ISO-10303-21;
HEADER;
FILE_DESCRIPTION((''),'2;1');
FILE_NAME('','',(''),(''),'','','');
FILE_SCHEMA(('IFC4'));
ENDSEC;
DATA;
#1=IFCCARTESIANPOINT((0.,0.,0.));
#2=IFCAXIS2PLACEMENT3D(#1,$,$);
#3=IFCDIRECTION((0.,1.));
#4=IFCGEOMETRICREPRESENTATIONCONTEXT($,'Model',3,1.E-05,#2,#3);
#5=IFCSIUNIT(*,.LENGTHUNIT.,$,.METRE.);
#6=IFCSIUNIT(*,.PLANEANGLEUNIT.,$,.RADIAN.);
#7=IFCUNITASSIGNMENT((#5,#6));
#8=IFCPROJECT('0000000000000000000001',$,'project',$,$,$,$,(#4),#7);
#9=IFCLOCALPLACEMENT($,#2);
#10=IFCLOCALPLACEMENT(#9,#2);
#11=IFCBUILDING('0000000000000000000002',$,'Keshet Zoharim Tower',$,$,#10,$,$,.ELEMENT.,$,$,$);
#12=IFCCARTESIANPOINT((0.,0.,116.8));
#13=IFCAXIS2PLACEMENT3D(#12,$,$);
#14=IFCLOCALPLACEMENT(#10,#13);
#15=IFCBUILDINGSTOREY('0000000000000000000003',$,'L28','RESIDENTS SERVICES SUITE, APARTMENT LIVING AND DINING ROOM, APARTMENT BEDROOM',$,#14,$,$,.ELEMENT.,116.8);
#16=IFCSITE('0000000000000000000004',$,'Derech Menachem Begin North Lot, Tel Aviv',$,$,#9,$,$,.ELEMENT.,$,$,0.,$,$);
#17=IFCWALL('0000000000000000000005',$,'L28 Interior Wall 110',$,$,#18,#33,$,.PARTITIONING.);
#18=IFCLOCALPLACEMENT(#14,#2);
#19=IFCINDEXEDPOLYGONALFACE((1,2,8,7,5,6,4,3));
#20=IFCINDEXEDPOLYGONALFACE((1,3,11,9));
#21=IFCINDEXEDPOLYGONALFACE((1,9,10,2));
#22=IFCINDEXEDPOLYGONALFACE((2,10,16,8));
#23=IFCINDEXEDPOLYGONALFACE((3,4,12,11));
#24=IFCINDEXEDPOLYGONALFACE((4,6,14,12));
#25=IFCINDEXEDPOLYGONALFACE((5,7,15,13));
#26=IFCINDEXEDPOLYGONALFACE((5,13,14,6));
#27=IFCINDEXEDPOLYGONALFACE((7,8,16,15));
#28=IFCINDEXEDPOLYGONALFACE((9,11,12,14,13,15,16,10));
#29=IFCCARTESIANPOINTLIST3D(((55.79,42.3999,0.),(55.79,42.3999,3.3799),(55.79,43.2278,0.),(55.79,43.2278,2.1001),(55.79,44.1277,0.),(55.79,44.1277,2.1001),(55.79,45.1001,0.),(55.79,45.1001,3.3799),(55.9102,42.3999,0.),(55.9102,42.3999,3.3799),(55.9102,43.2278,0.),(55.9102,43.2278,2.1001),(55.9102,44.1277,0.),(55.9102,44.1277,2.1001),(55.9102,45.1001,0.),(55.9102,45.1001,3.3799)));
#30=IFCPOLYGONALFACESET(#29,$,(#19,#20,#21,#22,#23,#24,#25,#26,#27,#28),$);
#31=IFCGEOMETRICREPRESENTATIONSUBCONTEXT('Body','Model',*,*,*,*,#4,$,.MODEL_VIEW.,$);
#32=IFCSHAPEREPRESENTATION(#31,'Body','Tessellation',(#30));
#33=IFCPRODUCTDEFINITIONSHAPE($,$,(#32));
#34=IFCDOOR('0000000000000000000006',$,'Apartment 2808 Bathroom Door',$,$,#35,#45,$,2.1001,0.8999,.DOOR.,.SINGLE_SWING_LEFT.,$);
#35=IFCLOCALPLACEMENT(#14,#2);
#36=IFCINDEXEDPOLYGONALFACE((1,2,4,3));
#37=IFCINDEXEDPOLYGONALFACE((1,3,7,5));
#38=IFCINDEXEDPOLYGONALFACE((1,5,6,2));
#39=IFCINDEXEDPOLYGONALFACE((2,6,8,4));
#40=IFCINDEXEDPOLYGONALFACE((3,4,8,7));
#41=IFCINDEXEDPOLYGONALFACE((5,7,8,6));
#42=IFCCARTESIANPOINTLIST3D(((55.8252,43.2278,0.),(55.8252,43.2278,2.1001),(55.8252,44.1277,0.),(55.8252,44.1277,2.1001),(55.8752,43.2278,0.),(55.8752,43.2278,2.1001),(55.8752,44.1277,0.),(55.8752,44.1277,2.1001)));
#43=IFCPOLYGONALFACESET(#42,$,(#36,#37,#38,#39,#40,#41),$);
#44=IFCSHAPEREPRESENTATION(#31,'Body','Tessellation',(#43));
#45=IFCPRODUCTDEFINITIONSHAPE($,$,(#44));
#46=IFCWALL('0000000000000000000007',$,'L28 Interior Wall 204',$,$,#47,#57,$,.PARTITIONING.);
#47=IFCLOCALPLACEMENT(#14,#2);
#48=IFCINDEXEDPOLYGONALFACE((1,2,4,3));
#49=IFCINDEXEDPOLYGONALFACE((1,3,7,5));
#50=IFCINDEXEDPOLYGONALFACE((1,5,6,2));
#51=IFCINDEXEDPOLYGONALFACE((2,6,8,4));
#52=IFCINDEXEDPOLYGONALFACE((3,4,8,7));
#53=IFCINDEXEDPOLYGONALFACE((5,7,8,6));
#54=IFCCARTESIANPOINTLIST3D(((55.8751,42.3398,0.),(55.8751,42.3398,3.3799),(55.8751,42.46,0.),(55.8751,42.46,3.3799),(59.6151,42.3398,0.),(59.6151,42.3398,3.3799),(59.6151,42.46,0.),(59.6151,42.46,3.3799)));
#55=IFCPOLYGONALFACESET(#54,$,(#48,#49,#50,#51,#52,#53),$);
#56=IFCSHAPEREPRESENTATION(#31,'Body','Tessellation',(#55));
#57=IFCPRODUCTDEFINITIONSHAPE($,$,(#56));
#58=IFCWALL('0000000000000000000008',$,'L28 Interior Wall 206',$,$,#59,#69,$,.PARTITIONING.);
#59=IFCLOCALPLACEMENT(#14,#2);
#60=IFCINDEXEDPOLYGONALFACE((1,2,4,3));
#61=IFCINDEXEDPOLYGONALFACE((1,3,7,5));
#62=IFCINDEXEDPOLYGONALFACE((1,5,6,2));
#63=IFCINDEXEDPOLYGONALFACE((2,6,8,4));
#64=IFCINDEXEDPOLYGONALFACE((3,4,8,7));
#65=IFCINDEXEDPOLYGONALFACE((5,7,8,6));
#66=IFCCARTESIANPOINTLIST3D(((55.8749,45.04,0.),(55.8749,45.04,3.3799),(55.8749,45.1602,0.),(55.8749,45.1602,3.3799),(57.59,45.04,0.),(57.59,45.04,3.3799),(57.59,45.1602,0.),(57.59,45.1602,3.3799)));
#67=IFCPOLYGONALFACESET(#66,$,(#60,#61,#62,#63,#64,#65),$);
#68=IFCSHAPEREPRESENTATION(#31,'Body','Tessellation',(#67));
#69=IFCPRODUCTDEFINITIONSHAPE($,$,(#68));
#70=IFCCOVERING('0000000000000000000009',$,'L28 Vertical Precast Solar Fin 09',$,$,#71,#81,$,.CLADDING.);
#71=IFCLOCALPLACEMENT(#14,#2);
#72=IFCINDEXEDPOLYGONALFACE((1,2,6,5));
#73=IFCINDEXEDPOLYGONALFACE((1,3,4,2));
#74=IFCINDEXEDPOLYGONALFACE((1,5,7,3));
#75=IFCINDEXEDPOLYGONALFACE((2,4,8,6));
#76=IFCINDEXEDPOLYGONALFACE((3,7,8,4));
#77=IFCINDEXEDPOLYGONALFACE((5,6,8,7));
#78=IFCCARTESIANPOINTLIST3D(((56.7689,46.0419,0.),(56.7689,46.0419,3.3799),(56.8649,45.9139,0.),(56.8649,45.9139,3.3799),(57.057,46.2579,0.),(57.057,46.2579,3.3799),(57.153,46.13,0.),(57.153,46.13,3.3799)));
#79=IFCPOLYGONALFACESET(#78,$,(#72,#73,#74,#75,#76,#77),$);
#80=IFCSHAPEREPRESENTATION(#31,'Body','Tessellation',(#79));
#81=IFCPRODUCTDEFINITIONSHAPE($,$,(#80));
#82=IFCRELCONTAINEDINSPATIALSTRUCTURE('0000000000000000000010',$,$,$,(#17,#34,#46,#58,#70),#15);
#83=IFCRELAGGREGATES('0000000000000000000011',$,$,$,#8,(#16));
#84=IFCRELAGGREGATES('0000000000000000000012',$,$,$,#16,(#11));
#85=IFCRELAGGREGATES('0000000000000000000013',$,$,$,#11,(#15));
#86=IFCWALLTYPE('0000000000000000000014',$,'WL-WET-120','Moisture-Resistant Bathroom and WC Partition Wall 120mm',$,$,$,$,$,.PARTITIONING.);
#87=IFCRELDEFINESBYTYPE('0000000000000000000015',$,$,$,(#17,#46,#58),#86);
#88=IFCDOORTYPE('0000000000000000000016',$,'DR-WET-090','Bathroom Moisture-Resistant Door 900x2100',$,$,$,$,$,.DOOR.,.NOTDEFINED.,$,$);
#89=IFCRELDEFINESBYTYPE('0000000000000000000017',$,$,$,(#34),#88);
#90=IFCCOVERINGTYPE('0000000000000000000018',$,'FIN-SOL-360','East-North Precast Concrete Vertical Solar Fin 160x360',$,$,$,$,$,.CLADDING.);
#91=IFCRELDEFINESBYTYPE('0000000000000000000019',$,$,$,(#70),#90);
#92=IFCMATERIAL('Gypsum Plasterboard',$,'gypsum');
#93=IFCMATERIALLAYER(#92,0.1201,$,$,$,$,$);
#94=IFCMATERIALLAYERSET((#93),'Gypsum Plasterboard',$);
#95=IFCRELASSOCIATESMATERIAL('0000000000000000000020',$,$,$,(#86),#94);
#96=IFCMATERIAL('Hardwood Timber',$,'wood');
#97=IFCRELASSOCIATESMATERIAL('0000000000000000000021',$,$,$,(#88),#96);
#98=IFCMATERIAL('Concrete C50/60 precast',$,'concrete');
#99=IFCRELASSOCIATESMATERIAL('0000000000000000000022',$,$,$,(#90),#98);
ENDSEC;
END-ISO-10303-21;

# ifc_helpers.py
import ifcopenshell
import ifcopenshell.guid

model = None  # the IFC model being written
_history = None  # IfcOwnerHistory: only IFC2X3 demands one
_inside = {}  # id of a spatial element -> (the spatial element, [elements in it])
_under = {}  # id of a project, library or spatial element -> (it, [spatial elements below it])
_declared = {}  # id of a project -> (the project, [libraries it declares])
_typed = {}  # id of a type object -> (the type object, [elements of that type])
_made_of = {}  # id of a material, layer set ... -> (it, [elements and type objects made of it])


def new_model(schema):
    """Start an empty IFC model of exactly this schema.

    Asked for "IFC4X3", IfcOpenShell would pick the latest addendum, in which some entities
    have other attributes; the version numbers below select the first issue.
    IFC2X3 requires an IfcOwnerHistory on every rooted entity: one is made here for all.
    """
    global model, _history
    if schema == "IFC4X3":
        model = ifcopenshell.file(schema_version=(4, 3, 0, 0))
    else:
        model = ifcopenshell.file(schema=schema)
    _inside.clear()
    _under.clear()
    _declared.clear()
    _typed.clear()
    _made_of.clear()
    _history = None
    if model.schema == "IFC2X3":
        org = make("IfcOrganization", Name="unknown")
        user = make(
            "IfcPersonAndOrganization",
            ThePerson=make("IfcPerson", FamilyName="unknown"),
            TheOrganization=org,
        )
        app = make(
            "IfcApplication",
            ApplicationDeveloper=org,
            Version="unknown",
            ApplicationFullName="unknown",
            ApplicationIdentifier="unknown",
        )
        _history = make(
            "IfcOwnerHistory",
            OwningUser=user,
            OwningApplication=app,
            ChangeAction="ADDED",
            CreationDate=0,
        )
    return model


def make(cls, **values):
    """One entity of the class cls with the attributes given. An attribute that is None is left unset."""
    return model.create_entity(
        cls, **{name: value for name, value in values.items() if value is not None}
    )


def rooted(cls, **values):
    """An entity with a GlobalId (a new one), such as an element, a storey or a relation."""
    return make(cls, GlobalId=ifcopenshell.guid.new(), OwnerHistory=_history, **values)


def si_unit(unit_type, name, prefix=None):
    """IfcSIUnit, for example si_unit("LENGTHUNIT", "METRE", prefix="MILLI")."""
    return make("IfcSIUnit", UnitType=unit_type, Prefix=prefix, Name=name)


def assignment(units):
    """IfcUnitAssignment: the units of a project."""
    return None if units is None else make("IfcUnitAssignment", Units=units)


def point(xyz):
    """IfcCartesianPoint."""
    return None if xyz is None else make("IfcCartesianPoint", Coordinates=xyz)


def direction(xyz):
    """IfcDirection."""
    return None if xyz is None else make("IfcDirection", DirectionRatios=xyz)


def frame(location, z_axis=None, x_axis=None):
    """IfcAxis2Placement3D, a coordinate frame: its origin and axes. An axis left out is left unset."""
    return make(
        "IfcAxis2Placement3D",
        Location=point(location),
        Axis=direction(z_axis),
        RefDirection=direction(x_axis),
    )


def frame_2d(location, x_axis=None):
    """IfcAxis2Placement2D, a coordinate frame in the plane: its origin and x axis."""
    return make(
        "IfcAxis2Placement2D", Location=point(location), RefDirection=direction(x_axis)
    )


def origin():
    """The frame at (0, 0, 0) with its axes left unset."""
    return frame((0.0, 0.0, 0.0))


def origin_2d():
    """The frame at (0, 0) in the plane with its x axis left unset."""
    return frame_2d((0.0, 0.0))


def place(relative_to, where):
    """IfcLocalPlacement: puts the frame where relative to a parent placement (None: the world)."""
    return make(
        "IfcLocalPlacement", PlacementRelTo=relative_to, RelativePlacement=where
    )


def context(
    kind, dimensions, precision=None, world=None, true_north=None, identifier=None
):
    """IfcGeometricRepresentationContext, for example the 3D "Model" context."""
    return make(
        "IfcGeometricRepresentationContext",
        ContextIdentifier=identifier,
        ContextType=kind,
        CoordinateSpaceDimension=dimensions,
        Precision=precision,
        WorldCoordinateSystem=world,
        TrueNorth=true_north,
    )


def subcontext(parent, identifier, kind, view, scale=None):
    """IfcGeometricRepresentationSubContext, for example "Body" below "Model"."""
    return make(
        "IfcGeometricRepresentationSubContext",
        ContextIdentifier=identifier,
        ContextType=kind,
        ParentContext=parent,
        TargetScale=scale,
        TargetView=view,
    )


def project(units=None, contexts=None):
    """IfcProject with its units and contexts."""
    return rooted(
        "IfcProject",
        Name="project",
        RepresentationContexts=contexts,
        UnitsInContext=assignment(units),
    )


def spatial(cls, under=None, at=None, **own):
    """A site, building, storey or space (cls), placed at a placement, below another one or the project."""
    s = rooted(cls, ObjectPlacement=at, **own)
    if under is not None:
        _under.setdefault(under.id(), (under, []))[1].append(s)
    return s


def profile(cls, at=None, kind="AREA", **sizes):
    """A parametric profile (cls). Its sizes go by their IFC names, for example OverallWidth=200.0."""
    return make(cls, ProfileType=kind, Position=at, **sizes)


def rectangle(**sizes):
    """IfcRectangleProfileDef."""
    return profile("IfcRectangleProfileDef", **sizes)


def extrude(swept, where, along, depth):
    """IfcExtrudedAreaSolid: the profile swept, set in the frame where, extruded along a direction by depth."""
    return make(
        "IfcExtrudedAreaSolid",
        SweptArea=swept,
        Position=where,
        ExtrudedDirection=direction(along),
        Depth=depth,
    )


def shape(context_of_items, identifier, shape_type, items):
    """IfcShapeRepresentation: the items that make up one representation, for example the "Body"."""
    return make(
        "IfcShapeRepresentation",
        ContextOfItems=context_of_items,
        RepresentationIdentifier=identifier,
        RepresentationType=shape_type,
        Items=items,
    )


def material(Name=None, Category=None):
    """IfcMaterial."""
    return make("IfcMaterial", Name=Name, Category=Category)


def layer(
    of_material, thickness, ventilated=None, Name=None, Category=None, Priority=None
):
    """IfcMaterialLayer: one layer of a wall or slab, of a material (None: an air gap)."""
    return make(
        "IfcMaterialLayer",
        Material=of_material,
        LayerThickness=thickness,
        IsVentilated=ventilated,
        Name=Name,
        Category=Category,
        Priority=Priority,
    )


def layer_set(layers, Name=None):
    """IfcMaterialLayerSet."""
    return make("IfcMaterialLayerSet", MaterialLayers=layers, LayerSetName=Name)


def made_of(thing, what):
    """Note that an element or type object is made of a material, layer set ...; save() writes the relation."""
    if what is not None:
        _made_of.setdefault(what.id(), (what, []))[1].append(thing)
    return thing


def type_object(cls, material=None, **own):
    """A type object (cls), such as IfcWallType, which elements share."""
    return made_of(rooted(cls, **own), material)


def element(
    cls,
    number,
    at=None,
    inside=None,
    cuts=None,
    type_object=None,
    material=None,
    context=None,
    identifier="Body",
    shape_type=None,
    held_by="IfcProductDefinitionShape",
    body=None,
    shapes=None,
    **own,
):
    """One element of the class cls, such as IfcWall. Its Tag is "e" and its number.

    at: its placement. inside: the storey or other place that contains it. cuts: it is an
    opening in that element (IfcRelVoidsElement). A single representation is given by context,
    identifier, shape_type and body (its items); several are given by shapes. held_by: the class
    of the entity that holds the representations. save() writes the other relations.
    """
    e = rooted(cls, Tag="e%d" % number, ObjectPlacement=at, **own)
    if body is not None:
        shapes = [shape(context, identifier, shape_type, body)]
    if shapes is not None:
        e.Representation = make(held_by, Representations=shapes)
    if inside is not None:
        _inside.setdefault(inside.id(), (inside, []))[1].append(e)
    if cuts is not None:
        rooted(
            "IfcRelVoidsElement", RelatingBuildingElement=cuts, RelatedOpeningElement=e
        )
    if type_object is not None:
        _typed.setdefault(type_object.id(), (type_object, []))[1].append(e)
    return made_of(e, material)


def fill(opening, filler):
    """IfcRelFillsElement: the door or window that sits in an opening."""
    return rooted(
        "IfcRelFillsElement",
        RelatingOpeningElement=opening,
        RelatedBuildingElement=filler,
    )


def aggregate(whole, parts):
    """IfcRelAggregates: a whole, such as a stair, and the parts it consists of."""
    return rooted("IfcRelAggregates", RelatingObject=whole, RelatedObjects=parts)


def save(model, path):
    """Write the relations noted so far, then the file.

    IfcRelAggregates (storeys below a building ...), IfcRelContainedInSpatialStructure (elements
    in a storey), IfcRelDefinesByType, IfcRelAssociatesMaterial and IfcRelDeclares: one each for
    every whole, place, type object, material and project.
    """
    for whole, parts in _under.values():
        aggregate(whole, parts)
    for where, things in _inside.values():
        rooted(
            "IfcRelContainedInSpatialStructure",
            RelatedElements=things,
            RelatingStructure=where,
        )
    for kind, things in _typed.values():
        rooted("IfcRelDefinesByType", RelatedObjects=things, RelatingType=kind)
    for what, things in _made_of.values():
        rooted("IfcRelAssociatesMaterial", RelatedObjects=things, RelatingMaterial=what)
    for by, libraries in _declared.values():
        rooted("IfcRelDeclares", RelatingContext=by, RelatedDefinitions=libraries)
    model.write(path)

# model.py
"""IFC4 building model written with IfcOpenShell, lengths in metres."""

from ifc_helpers import new_model, si_unit, direction, frame, frame_2d, origin, origin_2d, place, context, subcontext, project, spatial, rectangle, extrude, material, layer, layer_set, type_object, element, fill, save


model = new_model("IFC4")

# Units and contexts
model_context = context("Model", 3, precision=1e-05, world=origin(), true_north=direction((0.0, 1.0)))
body_context = subcontext(model_context, "Body", "Model", "MODEL_VIEW")
ifc_project = project(units=[si_unit("LENGTHUNIT", "METRE"), si_unit("PLANEANGLEUNIT", "RADIAN")], contexts=[model_context])

# Site, building, storey
site_placement = place(None, origin())
site = spatial("IfcSite", under=ifc_project, at=site_placement, Name="Derech Menachem Begin North Lot, Tel Aviv", CompositionType="ELEMENT", RefElevation=0.0)
building_placement = place(site_placement, origin())
building = spatial("IfcBuilding", under=site, at=building_placement, Name="Keshet Zoharim Tower", CompositionType="ELEMENT")
storey_placement = place(building_placement, frame((0.0, 0.0, 116.8)))
storey = spatial("IfcBuildingStorey", under=building, at=storey_placement, Name="L28", Description="RESIDENTS SERVICES SUITE, APARTMENT LIVING AND DINING ROOM, APARTMENT BEDROOM", CompositionType="ELEMENT", Elevation=116.8)

# Shared definitions
ifc_material_1 = material(Name="Gypsum Plasterboard", Category="gypsum")

# Shared definitions
ifc_material_2 = material(Name="Hardwood Timber", Category="wood")

# Shared definitions
ifc_layer_1 = layer(ifc_material_1, 0.1201)
ifc_layer_set_1 = layer_set([ifc_layer_1], Name="Gypsum Plasterboard")
wall_type_1 = type_object("IfcWallType", Name="WL-WET-120", Description="Moisture-Resistant Bathroom and WC Partition Wall 120mm", PredefinedType="PARTITIONING", material=ifc_layer_set_1)

# Wall, opening, door
wall_1_placement = place(storey_placement, frame((55.8501, 42.3999, 0.0), z_axis=(0.0, 0.0, 1.0), x_axis=(0.0, 1.0, 0.0)))
wall_1 = element("IfcWall", 1, at=wall_1_placement, inside=storey, type_object=wall_type_1, Name="L28 Interior Wall 110", PredefinedType="PARTITIONING", context=body_context, shape_type="SweptSolid", body=[
    extrude(rectangle(XDim=2.7002, YDim=0.1201, at=frame_2d((1.3501, 0.0))), origin(), (0.0, 0.0, 1.0), 3.3799),
])
opening_1_placement = place(wall_1_placement, frame((0.8279, 0.0, 0.0)))
opening_1 = element("IfcOpeningElement", 2, at=opening_1_placement, cuts=wall_1, PredefinedType="OPENING", context=body_context, shape_type="SweptSolid", body=[
    extrude(rectangle(XDim=0.8999, YDim=2.1001, at=frame_2d((0.45, 1.05))), frame((0.0, 0.0701, 0.0), z_axis=(0.0, -1.0, 0.0), x_axis=(1.0, 0.0, 0.0)), (0.0, 0.0, 1.0), 0.1401),
])
door_type_1 = type_object("IfcDoorType", Name="DR-WET-090", Description="Bathroom Moisture-Resistant Door 900x2100", OperationType="NOTDEFINED", PredefinedType="DOOR", material=ifc_material_2)
door_1_placement = place(opening_1_placement, origin())
door_1 = element("IfcDoor", 3, at=door_1_placement, inside=storey, type_object=door_type_1, Name="Apartment 2808 Bathroom Door", OperationType="SINGLE_SWING_LEFT", OverallHeight=2.1001, OverallWidth=0.8999, PredefinedType="DOOR", context=body_context, shape_type="SweptSolid", body=[
    extrude(rectangle(XDim=0.8999, YDim=2.1001, at=frame_2d((0.45, 1.05))), frame((0.0, 0.0249, 0.0), z_axis=(0.0, -1.0, 0.0), x_axis=(1.0, 0.0, 0.0)), (0.0, 0.0, 1.0), 0.05),
])
fill(opening_1, door_1)

# Walls
wall_2_placement = place(storey_placement, frame((55.875, 42.3999, 0.0), z_axis=(0.0, 0.0, 1.0), x_axis=(1.0, 0.0, 0.0)))
element("IfcWall", 4, at=wall_2_placement, inside=storey, type_object=wall_type_1, Name="L28 Interior Wall 204", PredefinedType="PARTITIONING", context=body_context, shape_type="SweptSolid", body=[
    extrude(rectangle(XDim=3.74, YDim=0.1201, at=frame_2d((1.8701, 0.0))), origin(), (0.0, 0.0, 1.0), 3.3799),
])
wall_3_placement = place(storey_placement, frame((55.875, 45.1001, 0.0), z_axis=(0.0, 0.0, 1.0), x_axis=(1.0, 0.0, 0.0)))
element("IfcWall", 5, at=wall_3_placement, inside=storey, type_object=wall_type_1, Name="L28 Interior Wall 206", PredefinedType="PARTITIONING", context=body_context, shape_type="SweptSolid", body=[
    extrude(rectangle(XDim=1.7151, YDim=0.1201, at=frame_2d((0.8574, 0.0))), origin(), (0.0, 0.0, 1.0), 3.3799),
])

# Covering
ifc_material_3 = material(Name="Concrete C50/60 precast", Category="concrete")
covering_type = type_object("IfcCoveringType", Name="FIN-SOL-360", Description="East-North Precast Concrete Vertical Solar Fin 160x360", PredefinedType="CLADDING", material=ifc_material_3)
covering_placement = place(storey_placement, frame((56.9609, 46.0859, 0.0), z_axis=(0.0, 0.0, 1.0), x_axis=(0.6, -0.8, 0.0)))
element("IfcCovering", 6, at=covering_placement, inside=storey, type_object=covering_type, Name="L28 Vertical Precast Solar Fin 09", PredefinedType="CLADDING", context=body_context, shape_type="SweptSolid", body=[
    extrude(rectangle(XDim=0.1599, YDim=0.3601, at=origin_2d()), origin(), (0.0, 0.0, 1.0), 3.3799),
])

save(model, "model.ifc")
